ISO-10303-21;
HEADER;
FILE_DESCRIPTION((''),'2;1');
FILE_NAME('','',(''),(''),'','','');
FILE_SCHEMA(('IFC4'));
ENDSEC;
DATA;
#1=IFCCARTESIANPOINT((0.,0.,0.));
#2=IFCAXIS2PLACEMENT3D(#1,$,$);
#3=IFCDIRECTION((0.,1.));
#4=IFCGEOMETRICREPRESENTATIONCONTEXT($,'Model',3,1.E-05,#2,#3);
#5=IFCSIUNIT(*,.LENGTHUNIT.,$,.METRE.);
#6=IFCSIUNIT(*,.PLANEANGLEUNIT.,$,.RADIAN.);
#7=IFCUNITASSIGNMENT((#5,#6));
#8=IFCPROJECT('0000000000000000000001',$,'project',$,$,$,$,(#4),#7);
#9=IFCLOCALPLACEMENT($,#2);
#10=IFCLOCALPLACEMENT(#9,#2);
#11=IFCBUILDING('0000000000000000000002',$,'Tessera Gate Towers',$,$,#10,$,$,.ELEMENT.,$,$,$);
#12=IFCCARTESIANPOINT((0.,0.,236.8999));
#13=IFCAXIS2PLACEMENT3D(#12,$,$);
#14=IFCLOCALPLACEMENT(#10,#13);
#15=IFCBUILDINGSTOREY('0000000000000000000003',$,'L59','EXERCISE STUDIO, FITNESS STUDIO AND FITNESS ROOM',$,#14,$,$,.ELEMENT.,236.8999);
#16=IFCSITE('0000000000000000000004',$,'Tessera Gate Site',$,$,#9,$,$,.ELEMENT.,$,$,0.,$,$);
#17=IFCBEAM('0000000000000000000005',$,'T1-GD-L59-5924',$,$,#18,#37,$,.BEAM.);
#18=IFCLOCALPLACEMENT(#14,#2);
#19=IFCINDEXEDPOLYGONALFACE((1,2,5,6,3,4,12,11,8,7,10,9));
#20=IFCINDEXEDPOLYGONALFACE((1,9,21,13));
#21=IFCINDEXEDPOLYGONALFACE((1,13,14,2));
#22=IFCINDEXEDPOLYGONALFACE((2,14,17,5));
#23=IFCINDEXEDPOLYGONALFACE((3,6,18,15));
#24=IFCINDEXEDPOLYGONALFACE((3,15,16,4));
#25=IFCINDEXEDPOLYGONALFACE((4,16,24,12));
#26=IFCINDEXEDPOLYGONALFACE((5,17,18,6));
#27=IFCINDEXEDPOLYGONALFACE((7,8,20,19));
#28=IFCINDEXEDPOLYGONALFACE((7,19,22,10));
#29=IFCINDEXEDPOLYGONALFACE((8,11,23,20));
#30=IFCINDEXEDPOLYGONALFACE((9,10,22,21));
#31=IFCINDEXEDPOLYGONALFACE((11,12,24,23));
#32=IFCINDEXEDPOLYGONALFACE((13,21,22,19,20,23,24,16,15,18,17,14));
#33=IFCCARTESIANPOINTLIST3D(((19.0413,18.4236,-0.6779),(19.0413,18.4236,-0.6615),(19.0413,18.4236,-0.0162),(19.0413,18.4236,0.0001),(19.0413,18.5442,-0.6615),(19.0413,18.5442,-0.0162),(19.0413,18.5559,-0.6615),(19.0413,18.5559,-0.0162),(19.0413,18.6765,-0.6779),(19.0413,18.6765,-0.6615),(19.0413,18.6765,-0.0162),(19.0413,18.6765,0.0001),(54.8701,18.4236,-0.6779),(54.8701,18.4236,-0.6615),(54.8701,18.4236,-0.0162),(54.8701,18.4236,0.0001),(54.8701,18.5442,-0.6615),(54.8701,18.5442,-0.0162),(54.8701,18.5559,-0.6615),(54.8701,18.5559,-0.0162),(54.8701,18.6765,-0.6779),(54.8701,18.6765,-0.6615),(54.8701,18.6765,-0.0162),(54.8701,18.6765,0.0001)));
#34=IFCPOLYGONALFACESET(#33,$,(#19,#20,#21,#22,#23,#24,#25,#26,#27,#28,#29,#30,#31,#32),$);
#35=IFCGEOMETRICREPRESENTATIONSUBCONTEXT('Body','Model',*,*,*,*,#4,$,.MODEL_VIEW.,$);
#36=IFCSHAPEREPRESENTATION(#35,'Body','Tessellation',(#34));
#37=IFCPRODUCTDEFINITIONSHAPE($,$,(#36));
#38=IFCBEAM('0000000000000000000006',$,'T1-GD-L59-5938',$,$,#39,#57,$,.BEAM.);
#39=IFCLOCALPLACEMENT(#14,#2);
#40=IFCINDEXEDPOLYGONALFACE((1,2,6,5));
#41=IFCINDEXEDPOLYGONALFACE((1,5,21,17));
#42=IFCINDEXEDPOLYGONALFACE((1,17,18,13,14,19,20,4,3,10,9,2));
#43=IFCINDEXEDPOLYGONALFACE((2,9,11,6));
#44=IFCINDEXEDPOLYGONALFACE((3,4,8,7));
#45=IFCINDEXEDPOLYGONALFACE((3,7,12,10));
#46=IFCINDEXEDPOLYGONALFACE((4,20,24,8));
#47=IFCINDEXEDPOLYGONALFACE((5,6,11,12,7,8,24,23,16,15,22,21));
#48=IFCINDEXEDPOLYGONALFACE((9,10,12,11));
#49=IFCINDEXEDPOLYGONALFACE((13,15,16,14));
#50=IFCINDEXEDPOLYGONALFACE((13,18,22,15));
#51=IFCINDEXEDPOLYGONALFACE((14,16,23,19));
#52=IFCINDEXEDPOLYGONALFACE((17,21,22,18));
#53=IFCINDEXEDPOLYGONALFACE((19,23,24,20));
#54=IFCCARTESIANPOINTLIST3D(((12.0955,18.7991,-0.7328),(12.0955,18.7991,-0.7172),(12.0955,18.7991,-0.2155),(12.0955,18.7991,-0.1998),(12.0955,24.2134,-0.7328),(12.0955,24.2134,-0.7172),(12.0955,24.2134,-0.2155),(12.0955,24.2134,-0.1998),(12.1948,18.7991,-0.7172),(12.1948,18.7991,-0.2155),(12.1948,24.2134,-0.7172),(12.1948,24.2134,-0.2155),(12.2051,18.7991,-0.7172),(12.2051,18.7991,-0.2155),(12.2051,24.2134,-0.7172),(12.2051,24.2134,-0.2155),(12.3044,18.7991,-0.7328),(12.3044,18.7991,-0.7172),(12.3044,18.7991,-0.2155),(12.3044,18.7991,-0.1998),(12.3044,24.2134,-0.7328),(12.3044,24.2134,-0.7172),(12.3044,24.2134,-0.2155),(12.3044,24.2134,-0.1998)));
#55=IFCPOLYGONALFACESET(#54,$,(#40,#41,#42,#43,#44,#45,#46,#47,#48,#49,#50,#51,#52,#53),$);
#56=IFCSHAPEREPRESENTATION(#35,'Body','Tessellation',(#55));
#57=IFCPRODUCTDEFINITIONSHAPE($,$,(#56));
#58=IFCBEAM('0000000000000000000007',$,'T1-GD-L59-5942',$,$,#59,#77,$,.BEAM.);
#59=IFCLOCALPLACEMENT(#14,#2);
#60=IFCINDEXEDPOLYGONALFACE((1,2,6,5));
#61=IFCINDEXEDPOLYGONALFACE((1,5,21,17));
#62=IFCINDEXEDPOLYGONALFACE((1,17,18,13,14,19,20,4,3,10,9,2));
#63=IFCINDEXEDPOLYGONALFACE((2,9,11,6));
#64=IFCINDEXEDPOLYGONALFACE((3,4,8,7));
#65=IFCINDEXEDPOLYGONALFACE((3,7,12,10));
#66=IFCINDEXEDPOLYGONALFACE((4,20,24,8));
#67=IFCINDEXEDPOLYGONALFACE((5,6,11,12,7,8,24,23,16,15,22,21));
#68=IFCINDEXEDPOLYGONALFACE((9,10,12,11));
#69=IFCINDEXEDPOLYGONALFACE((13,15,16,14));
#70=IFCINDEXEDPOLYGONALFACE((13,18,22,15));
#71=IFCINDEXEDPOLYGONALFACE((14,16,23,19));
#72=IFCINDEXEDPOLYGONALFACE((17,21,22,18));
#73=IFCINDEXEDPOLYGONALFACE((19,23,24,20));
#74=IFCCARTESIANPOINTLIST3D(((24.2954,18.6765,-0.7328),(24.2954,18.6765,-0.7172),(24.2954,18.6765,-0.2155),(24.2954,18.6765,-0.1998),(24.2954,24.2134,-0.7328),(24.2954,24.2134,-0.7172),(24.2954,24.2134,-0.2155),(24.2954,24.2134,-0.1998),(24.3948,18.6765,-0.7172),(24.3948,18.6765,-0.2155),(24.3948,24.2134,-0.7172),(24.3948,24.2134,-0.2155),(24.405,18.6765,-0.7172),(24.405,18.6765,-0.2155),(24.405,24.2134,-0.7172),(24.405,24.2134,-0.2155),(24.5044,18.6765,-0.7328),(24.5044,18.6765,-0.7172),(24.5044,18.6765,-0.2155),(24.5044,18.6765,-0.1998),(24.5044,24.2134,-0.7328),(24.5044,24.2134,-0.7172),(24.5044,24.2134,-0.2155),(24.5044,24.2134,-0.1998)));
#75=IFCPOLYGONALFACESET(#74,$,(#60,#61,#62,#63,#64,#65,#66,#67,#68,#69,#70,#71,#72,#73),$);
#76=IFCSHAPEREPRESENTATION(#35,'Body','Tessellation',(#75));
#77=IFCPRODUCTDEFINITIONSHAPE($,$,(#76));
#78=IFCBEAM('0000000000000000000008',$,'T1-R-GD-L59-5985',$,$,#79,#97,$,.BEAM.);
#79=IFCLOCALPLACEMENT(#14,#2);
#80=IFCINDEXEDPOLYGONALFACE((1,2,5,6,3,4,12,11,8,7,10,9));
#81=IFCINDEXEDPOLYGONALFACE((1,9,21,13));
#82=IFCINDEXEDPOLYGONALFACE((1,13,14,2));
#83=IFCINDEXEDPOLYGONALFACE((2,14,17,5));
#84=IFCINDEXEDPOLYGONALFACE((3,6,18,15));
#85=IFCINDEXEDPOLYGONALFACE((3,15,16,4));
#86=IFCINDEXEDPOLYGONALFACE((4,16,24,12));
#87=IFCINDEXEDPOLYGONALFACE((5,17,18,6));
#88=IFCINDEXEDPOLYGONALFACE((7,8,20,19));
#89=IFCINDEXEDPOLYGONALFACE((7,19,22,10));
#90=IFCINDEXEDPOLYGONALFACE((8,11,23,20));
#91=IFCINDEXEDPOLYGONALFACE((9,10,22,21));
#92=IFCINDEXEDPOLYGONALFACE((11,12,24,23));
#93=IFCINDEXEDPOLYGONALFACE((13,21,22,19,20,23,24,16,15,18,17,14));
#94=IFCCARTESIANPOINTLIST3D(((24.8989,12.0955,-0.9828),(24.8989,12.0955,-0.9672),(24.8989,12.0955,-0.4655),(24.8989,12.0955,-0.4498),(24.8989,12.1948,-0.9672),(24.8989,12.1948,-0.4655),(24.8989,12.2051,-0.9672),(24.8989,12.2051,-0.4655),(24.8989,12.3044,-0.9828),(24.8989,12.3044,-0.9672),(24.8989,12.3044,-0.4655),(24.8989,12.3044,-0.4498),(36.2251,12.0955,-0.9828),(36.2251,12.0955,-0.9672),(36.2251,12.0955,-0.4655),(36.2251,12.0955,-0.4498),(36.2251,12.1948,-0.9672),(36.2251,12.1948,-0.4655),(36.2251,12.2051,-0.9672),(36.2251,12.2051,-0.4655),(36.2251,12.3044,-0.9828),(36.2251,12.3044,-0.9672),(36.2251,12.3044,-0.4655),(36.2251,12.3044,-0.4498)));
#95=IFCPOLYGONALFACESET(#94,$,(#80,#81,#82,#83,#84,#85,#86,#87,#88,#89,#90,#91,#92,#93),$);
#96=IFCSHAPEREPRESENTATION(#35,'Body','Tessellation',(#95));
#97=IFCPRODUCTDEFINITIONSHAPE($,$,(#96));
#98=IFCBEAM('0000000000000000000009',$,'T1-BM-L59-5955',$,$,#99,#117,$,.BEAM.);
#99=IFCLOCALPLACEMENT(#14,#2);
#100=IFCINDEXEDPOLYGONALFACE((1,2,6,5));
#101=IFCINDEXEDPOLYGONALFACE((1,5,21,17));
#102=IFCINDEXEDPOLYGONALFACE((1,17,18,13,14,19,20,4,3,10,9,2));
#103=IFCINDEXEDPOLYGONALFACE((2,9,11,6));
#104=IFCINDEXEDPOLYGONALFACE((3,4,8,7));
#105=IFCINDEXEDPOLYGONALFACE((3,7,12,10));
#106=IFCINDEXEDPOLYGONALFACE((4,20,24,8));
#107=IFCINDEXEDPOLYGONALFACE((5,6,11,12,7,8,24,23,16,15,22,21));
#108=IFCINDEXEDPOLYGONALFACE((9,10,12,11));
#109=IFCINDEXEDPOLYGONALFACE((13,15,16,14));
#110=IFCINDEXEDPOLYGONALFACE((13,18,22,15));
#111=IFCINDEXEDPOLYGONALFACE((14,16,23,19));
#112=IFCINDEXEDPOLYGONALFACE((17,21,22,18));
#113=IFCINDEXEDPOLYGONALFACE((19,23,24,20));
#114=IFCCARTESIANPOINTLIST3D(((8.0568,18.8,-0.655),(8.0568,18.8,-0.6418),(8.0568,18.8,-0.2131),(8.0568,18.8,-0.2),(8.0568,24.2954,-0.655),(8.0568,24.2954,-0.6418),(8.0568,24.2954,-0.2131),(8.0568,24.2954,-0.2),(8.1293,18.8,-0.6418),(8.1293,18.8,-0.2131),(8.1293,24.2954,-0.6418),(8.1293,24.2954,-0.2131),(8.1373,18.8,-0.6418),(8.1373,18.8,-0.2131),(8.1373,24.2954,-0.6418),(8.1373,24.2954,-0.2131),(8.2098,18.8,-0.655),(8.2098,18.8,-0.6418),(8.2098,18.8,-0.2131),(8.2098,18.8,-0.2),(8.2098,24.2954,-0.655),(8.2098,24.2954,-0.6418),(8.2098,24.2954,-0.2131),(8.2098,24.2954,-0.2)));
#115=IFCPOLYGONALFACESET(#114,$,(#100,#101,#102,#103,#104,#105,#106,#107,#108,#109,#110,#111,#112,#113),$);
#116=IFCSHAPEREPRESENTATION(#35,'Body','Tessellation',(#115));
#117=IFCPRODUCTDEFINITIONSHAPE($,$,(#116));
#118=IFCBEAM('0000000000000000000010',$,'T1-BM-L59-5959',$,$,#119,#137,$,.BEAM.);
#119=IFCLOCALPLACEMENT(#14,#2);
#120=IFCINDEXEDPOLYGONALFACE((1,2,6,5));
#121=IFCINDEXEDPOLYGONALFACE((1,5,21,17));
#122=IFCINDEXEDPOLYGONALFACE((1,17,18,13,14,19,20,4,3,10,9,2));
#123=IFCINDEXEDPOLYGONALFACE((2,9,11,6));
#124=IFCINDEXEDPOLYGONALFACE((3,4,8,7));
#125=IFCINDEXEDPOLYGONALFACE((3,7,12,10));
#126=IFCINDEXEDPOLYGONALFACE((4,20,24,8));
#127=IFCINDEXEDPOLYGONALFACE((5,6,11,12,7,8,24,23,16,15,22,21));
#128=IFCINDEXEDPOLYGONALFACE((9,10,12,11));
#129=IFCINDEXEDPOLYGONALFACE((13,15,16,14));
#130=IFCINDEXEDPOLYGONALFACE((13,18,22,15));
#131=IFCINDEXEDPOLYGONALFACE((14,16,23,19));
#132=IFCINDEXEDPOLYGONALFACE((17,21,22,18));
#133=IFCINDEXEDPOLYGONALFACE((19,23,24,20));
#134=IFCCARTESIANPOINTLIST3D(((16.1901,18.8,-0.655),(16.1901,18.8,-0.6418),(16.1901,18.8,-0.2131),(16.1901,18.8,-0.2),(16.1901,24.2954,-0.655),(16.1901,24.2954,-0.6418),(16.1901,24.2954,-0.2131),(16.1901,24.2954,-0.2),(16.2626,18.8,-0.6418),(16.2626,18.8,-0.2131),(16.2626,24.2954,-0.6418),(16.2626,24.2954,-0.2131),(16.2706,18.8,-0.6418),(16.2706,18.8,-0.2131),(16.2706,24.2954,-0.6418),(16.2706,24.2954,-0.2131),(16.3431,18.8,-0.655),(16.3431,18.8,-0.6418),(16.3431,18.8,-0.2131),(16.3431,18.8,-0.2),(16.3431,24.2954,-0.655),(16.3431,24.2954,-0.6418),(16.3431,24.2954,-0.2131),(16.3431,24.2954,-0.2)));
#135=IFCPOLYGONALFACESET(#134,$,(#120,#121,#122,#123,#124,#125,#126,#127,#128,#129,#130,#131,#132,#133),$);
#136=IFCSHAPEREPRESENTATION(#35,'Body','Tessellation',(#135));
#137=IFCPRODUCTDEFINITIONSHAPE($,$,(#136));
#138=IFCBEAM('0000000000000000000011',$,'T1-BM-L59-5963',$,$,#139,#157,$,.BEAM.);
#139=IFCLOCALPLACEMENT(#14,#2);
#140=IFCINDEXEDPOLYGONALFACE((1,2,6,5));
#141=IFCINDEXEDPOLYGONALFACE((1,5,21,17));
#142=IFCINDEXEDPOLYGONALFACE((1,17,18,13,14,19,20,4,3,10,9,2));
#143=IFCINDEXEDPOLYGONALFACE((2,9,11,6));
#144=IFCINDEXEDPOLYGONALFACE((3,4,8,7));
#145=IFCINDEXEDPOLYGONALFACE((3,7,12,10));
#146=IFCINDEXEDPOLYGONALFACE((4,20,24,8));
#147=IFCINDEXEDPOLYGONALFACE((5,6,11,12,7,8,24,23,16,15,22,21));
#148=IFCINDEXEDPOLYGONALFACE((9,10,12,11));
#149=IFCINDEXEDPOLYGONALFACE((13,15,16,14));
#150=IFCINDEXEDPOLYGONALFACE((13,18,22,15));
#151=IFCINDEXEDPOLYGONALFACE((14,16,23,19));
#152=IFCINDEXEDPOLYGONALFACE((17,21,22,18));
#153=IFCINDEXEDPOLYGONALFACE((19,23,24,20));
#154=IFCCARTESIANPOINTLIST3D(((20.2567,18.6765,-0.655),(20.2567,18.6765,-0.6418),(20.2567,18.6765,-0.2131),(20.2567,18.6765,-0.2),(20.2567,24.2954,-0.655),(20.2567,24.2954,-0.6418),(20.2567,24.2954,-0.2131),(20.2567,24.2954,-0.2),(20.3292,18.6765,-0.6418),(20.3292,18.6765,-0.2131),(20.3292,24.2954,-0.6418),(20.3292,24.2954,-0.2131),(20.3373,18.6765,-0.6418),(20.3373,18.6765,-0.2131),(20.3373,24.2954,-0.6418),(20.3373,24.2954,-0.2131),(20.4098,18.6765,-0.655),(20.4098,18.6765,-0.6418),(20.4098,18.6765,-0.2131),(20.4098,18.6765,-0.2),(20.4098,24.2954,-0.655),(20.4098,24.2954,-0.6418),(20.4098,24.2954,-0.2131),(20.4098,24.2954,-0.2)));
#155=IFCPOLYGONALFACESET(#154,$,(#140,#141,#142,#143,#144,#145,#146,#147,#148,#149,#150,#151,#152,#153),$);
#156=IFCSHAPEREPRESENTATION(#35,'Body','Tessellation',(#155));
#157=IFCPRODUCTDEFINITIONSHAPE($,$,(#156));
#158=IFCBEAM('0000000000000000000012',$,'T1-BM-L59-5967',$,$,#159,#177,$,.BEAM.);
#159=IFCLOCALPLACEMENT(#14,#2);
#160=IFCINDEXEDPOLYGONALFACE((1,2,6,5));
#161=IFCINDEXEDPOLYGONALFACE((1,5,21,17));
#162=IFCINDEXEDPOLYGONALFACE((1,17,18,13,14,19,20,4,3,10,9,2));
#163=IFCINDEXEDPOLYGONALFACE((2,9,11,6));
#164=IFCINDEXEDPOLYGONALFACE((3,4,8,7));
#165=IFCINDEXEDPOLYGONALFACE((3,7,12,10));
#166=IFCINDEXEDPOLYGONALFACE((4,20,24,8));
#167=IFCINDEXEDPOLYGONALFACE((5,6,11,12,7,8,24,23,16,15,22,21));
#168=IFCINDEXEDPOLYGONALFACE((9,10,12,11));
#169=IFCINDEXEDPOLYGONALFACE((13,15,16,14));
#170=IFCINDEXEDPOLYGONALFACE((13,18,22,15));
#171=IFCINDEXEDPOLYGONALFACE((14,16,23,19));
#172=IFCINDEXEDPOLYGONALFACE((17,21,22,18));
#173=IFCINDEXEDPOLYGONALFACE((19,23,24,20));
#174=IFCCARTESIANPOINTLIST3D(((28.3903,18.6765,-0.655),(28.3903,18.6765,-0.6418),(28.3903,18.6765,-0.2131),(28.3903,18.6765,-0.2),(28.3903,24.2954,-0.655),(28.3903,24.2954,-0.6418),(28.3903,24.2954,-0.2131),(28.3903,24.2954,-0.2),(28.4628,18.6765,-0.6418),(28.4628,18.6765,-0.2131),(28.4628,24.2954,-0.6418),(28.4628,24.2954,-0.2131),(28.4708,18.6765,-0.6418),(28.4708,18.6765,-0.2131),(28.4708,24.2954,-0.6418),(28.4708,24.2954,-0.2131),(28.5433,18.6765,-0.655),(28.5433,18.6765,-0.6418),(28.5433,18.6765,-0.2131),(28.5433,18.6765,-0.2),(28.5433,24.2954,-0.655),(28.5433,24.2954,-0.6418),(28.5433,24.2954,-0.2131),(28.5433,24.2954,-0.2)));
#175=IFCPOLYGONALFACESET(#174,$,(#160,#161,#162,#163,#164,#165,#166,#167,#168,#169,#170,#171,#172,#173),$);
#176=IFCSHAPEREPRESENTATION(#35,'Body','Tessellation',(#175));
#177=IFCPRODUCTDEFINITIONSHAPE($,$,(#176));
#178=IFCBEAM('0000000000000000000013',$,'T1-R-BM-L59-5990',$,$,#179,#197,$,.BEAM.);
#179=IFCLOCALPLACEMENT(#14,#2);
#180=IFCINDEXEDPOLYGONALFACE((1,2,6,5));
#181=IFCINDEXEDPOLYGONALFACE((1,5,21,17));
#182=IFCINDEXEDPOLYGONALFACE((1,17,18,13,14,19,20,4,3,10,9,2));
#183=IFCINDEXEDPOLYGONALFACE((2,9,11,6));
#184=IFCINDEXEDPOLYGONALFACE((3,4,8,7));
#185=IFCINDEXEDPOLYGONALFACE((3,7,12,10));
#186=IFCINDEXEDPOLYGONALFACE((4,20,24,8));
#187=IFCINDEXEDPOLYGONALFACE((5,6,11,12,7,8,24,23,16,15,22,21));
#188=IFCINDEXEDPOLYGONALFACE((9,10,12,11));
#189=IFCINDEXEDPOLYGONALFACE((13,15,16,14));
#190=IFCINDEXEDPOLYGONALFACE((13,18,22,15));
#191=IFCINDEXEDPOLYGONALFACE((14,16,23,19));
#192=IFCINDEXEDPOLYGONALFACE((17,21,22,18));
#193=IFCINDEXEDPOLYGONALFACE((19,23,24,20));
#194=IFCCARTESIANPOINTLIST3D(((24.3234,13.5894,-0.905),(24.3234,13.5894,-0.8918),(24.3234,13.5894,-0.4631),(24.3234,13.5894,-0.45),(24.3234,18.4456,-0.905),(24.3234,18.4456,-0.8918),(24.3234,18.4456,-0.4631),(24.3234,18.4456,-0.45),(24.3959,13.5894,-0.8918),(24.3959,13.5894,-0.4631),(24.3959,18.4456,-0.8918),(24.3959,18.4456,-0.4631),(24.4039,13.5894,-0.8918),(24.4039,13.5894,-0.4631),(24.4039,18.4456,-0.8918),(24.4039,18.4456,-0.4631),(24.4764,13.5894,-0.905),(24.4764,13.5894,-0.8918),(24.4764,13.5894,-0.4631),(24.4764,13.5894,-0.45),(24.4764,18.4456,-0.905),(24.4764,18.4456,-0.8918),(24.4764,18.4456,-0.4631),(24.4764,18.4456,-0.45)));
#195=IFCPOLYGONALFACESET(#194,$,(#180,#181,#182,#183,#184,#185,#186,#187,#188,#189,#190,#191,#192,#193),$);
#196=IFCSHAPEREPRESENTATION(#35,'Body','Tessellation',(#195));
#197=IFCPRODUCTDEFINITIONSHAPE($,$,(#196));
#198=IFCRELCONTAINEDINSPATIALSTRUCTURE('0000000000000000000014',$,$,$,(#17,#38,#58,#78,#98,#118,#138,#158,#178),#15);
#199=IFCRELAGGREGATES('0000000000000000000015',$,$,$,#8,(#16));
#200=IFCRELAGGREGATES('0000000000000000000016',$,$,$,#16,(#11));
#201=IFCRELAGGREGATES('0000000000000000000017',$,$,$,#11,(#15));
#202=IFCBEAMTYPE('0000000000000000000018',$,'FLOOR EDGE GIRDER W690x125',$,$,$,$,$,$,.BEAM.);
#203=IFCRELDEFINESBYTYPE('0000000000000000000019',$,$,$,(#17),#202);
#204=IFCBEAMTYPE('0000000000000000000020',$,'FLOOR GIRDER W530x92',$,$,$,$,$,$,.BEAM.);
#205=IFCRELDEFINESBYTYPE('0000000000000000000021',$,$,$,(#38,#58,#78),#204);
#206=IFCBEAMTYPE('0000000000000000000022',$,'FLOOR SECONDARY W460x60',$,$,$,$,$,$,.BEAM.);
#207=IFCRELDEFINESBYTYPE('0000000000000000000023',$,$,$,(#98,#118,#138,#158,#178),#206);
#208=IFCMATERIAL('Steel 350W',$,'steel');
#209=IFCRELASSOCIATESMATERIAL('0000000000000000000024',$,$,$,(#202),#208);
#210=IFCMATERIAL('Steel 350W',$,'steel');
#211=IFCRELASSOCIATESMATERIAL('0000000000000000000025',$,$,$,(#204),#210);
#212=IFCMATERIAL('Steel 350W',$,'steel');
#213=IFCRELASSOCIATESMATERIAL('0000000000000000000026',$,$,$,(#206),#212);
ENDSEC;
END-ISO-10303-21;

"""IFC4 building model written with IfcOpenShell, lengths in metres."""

from ifc_helpers import new_model, si_unit, direction, frame, origin, origin_2d, place, context, subcontext, project, spatial, i_section, extrude, material, material_profile, profile_set, type_object, element, save


model = new_model("IFC4")

# Units and contexts
model_context = context("Model", 3, precision=1e-05, world=origin(), true_north=direction((0.0, 1.0)))
body_context = subcontext(model_context, "Body", "Model", "MODEL_VIEW")
ifc_project = project(units=[si_unit("LENGTHUNIT", "METRE"), si_unit("PLANEANGLEUNIT", "RADIAN")], contexts=[model_context])

# Site, building, storey
site_placement = place(None, origin())
site = spatial("IfcSite", under=ifc_project, at=site_placement, Name="Tessera Gate Site", CompositionType="ELEMENT", RefElevation=0.0)
building_placement = place(site_placement, origin())
building = spatial("IfcBuilding", under=site, at=building_placement, Name="Tessera Gate Towers", CompositionType="ELEMENT")
storey_placement = place(building_placement, frame((0.0, 0.0, 236.8999)))
storey = spatial("IfcBuildingStorey", under=building, at=storey_placement, Name="L59", Description="EXERCISE STUDIO, FITNESS STUDIO AND FITNESS ROOM", CompositionType="ELEMENT", Elevation=236.8999)

# Beams
ifc_material_1 = material(Name="Steel 350W", Category="steel")
ifc_material_profile_1 = material_profile(ifc_material_1, i_section(OverallWidth=0.2529, OverallDepth=0.678, WebThickness=0.0117, FlangeThickness=0.0164, at=origin_2d()), Name="W690x125")
ifc_profile_set_1 = profile_set([ifc_material_profile_1], Name="Steel 350W")
beam_type_1 = type_object("IfcBeamType", Name="FLOOR EDGE GIRDER W690x125", PredefinedType="BEAM", material=ifc_profile_set_1)
beam_1_placement = place(storey_placement, frame((19.0413, 18.55, -0.3389), z_axis=(1.0, 0.0, 0.0), x_axis=(0.0, 1.0, 0.0)))
element("IfcBeam", 1, at=beam_1_placement, inside=storey, type_object=beam_type_1, Name="T1-GD-L59-5924", PredefinedType="BEAM", context=body_context, shape_type="SweptSolid", body=[
    extrude(i_section(OverallWidth=0.2529, OverallDepth=0.678, WebThickness=0.0117, FlangeThickness=0.0164, at=origin_2d()), origin(), (0.0, 0.0, 1.0), 35.8289),
])
ifc_material_2 = material(Name="Steel 350W", Category="steel")
ifc_material_profile_2 = material_profile(ifc_material_2, i_section(OverallWidth=0.209, OverallDepth=0.533, WebThickness=0.0103, FlangeThickness=0.0156, at=origin_2d()), Name="W530x92")
ifc_profile_set_2 = profile_set([ifc_material_profile_2], Name="Steel 350W")
beam_type_2 = type_object("IfcBeamType", Name="FLOOR GIRDER W530x92", PredefinedType="BEAM", material=ifc_profile_set_2)
beam_2_placement = place(storey_placement, frame((12.2, 18.7991, -0.4663), z_axis=(0.0, 1.0, 0.0), x_axis=(-1.0, 0.0, 0.0)))
element("IfcBeam", 2, at=beam_2_placement, inside=storey, type_object=beam_type_2, Name="T1-GD-L59-5938", PredefinedType="BEAM", context=body_context, shape_type="SweptSolid", body=[
    extrude(i_section(OverallWidth=0.209, OverallDepth=0.533, WebThickness=0.0103, FlangeThickness=0.0156, at=origin_2d()), origin(), (0.0, 0.0, 1.0), 5.4143),
])
beam_3_placement = place(storey_placement, frame((24.3999, 18.6765, -0.4663), z_axis=(0.0, 1.0, 0.0), x_axis=(-1.0, 0.0, 0.0)))
element("IfcBeam", 3, at=beam_3_placement, inside=storey, type_object=beam_type_2, Name="T1-GD-L59-5942", PredefinedType="BEAM", context=body_context, shape_type="SweptSolid", body=[
    extrude(i_section(OverallWidth=0.209, OverallDepth=0.533, WebThickness=0.0103, FlangeThickness=0.0156, at=origin_2d()), origin(), (0.0, 0.0, 1.0), 5.5369),
])
beam_4_placement = place(storey_placement, frame((24.8989, 12.2, -0.7163), z_axis=(1.0, 0.0, 0.0), x_axis=(0.0, 1.0, 0.0)))
element("IfcBeam", 4, at=beam_4_placement, inside=storey, type_object=beam_type_2, Name="T1-R-GD-L59-5985", PredefinedType="BEAM", context=body_context, shape_type="SweptSolid", body=[
    extrude(i_section(OverallWidth=0.209, OverallDepth=0.533, WebThickness=0.0103, FlangeThickness=0.0156, at=origin_2d()), origin(), (0.0, 0.0, 1.0), 11.3262),
])
ifc_material_3 = material(Name="Steel 350W", Category="steel")
ifc_material_profile_3 = material_profile(ifc_material_3, i_section(OverallWidth=0.1531, OverallDepth=0.4551, WebThickness=0.0081, FlangeThickness=0.0132, at=origin_2d()), Name="W460x60")
ifc_profile_set_3 = profile_set([ifc_material_profile_3], Name="Steel 350W")
beam_type_3 = type_object("IfcBeamType", Name="FLOOR SECONDARY W460x60", PredefinedType="BEAM", material=ifc_profile_set_3)
for number, where, z_axis, x_axis, name in (
    (5, (8.1333, 18.8, -0.4275), (0.0, 1.0, 0.0), (-1.0, 0.0, 0.0), "T1-BM-L59-5955"),
    (6, (16.2666, 18.8, -0.4275), (0.0, 1.0, 0.0), (-1.0, 0.0, 0.0), "T1-BM-L59-5959"),
):
    element("IfcBeam", number, at=place(storey_placement, frame(where, z_axis=z_axis, x_axis=x_axis)), inside=storey, type_object=beam_type_3, Name=name, PredefinedType="BEAM", context=body_context, shape_type="SweptSolid", body=[
        extrude(i_section(OverallWidth=0.1531, OverallDepth=0.4551, WebThickness=0.0081, FlangeThickness=0.0132, at=origin_2d()), origin(), (0.0, 0.0, 1.0), 5.4954),
    ])
for number, where, z_axis, x_axis, name in (
    (7, (20.3333, 18.6765, -0.4275), (0.0, 1.0, 0.0), (-1.0, 0.0, 0.0), "T1-BM-L59-5963"),
    (8, (28.4668, 18.6765, -0.4275), (0.0, 1.0, 0.0), (-1.0, 0.0, 0.0), "T1-BM-L59-5967"),
):
    element("IfcBeam", number, at=place(storey_placement, frame(where, z_axis=z_axis, x_axis=x_axis)), inside=storey, type_object=beam_type_3, Name=name, PredefinedType="BEAM", context=body_context, shape_type="SweptSolid", body=[
        extrude(i_section(OverallWidth=0.1531, OverallDepth=0.4551, WebThickness=0.0081, FlangeThickness=0.0132, at=origin_2d()), origin(), (0.0, 0.0, 1.0), 5.6189),
    ])
beam_5_placement = place(storey_placement, frame((24.3999, 13.5894, -0.6775), z_axis=(0.0, 1.0, 0.0), x_axis=(-1.0, 0.0, 0.0)))
element("IfcBeam", 9, at=beam_5_placement, inside=storey, type_object=beam_type_3, Name="T1-R-BM-L59-5990", PredefinedType="BEAM", context=body_context, shape_type="SweptSolid", body=[
    extrude(i_section(OverallWidth=0.1531, OverallDepth=0.4551, WebThickness=0.0081, FlangeThickness=0.0132, at=origin_2d()), origin(), (0.0, 0.0, 1.0), 4.8562),
])

save(model, "model.ifc")
